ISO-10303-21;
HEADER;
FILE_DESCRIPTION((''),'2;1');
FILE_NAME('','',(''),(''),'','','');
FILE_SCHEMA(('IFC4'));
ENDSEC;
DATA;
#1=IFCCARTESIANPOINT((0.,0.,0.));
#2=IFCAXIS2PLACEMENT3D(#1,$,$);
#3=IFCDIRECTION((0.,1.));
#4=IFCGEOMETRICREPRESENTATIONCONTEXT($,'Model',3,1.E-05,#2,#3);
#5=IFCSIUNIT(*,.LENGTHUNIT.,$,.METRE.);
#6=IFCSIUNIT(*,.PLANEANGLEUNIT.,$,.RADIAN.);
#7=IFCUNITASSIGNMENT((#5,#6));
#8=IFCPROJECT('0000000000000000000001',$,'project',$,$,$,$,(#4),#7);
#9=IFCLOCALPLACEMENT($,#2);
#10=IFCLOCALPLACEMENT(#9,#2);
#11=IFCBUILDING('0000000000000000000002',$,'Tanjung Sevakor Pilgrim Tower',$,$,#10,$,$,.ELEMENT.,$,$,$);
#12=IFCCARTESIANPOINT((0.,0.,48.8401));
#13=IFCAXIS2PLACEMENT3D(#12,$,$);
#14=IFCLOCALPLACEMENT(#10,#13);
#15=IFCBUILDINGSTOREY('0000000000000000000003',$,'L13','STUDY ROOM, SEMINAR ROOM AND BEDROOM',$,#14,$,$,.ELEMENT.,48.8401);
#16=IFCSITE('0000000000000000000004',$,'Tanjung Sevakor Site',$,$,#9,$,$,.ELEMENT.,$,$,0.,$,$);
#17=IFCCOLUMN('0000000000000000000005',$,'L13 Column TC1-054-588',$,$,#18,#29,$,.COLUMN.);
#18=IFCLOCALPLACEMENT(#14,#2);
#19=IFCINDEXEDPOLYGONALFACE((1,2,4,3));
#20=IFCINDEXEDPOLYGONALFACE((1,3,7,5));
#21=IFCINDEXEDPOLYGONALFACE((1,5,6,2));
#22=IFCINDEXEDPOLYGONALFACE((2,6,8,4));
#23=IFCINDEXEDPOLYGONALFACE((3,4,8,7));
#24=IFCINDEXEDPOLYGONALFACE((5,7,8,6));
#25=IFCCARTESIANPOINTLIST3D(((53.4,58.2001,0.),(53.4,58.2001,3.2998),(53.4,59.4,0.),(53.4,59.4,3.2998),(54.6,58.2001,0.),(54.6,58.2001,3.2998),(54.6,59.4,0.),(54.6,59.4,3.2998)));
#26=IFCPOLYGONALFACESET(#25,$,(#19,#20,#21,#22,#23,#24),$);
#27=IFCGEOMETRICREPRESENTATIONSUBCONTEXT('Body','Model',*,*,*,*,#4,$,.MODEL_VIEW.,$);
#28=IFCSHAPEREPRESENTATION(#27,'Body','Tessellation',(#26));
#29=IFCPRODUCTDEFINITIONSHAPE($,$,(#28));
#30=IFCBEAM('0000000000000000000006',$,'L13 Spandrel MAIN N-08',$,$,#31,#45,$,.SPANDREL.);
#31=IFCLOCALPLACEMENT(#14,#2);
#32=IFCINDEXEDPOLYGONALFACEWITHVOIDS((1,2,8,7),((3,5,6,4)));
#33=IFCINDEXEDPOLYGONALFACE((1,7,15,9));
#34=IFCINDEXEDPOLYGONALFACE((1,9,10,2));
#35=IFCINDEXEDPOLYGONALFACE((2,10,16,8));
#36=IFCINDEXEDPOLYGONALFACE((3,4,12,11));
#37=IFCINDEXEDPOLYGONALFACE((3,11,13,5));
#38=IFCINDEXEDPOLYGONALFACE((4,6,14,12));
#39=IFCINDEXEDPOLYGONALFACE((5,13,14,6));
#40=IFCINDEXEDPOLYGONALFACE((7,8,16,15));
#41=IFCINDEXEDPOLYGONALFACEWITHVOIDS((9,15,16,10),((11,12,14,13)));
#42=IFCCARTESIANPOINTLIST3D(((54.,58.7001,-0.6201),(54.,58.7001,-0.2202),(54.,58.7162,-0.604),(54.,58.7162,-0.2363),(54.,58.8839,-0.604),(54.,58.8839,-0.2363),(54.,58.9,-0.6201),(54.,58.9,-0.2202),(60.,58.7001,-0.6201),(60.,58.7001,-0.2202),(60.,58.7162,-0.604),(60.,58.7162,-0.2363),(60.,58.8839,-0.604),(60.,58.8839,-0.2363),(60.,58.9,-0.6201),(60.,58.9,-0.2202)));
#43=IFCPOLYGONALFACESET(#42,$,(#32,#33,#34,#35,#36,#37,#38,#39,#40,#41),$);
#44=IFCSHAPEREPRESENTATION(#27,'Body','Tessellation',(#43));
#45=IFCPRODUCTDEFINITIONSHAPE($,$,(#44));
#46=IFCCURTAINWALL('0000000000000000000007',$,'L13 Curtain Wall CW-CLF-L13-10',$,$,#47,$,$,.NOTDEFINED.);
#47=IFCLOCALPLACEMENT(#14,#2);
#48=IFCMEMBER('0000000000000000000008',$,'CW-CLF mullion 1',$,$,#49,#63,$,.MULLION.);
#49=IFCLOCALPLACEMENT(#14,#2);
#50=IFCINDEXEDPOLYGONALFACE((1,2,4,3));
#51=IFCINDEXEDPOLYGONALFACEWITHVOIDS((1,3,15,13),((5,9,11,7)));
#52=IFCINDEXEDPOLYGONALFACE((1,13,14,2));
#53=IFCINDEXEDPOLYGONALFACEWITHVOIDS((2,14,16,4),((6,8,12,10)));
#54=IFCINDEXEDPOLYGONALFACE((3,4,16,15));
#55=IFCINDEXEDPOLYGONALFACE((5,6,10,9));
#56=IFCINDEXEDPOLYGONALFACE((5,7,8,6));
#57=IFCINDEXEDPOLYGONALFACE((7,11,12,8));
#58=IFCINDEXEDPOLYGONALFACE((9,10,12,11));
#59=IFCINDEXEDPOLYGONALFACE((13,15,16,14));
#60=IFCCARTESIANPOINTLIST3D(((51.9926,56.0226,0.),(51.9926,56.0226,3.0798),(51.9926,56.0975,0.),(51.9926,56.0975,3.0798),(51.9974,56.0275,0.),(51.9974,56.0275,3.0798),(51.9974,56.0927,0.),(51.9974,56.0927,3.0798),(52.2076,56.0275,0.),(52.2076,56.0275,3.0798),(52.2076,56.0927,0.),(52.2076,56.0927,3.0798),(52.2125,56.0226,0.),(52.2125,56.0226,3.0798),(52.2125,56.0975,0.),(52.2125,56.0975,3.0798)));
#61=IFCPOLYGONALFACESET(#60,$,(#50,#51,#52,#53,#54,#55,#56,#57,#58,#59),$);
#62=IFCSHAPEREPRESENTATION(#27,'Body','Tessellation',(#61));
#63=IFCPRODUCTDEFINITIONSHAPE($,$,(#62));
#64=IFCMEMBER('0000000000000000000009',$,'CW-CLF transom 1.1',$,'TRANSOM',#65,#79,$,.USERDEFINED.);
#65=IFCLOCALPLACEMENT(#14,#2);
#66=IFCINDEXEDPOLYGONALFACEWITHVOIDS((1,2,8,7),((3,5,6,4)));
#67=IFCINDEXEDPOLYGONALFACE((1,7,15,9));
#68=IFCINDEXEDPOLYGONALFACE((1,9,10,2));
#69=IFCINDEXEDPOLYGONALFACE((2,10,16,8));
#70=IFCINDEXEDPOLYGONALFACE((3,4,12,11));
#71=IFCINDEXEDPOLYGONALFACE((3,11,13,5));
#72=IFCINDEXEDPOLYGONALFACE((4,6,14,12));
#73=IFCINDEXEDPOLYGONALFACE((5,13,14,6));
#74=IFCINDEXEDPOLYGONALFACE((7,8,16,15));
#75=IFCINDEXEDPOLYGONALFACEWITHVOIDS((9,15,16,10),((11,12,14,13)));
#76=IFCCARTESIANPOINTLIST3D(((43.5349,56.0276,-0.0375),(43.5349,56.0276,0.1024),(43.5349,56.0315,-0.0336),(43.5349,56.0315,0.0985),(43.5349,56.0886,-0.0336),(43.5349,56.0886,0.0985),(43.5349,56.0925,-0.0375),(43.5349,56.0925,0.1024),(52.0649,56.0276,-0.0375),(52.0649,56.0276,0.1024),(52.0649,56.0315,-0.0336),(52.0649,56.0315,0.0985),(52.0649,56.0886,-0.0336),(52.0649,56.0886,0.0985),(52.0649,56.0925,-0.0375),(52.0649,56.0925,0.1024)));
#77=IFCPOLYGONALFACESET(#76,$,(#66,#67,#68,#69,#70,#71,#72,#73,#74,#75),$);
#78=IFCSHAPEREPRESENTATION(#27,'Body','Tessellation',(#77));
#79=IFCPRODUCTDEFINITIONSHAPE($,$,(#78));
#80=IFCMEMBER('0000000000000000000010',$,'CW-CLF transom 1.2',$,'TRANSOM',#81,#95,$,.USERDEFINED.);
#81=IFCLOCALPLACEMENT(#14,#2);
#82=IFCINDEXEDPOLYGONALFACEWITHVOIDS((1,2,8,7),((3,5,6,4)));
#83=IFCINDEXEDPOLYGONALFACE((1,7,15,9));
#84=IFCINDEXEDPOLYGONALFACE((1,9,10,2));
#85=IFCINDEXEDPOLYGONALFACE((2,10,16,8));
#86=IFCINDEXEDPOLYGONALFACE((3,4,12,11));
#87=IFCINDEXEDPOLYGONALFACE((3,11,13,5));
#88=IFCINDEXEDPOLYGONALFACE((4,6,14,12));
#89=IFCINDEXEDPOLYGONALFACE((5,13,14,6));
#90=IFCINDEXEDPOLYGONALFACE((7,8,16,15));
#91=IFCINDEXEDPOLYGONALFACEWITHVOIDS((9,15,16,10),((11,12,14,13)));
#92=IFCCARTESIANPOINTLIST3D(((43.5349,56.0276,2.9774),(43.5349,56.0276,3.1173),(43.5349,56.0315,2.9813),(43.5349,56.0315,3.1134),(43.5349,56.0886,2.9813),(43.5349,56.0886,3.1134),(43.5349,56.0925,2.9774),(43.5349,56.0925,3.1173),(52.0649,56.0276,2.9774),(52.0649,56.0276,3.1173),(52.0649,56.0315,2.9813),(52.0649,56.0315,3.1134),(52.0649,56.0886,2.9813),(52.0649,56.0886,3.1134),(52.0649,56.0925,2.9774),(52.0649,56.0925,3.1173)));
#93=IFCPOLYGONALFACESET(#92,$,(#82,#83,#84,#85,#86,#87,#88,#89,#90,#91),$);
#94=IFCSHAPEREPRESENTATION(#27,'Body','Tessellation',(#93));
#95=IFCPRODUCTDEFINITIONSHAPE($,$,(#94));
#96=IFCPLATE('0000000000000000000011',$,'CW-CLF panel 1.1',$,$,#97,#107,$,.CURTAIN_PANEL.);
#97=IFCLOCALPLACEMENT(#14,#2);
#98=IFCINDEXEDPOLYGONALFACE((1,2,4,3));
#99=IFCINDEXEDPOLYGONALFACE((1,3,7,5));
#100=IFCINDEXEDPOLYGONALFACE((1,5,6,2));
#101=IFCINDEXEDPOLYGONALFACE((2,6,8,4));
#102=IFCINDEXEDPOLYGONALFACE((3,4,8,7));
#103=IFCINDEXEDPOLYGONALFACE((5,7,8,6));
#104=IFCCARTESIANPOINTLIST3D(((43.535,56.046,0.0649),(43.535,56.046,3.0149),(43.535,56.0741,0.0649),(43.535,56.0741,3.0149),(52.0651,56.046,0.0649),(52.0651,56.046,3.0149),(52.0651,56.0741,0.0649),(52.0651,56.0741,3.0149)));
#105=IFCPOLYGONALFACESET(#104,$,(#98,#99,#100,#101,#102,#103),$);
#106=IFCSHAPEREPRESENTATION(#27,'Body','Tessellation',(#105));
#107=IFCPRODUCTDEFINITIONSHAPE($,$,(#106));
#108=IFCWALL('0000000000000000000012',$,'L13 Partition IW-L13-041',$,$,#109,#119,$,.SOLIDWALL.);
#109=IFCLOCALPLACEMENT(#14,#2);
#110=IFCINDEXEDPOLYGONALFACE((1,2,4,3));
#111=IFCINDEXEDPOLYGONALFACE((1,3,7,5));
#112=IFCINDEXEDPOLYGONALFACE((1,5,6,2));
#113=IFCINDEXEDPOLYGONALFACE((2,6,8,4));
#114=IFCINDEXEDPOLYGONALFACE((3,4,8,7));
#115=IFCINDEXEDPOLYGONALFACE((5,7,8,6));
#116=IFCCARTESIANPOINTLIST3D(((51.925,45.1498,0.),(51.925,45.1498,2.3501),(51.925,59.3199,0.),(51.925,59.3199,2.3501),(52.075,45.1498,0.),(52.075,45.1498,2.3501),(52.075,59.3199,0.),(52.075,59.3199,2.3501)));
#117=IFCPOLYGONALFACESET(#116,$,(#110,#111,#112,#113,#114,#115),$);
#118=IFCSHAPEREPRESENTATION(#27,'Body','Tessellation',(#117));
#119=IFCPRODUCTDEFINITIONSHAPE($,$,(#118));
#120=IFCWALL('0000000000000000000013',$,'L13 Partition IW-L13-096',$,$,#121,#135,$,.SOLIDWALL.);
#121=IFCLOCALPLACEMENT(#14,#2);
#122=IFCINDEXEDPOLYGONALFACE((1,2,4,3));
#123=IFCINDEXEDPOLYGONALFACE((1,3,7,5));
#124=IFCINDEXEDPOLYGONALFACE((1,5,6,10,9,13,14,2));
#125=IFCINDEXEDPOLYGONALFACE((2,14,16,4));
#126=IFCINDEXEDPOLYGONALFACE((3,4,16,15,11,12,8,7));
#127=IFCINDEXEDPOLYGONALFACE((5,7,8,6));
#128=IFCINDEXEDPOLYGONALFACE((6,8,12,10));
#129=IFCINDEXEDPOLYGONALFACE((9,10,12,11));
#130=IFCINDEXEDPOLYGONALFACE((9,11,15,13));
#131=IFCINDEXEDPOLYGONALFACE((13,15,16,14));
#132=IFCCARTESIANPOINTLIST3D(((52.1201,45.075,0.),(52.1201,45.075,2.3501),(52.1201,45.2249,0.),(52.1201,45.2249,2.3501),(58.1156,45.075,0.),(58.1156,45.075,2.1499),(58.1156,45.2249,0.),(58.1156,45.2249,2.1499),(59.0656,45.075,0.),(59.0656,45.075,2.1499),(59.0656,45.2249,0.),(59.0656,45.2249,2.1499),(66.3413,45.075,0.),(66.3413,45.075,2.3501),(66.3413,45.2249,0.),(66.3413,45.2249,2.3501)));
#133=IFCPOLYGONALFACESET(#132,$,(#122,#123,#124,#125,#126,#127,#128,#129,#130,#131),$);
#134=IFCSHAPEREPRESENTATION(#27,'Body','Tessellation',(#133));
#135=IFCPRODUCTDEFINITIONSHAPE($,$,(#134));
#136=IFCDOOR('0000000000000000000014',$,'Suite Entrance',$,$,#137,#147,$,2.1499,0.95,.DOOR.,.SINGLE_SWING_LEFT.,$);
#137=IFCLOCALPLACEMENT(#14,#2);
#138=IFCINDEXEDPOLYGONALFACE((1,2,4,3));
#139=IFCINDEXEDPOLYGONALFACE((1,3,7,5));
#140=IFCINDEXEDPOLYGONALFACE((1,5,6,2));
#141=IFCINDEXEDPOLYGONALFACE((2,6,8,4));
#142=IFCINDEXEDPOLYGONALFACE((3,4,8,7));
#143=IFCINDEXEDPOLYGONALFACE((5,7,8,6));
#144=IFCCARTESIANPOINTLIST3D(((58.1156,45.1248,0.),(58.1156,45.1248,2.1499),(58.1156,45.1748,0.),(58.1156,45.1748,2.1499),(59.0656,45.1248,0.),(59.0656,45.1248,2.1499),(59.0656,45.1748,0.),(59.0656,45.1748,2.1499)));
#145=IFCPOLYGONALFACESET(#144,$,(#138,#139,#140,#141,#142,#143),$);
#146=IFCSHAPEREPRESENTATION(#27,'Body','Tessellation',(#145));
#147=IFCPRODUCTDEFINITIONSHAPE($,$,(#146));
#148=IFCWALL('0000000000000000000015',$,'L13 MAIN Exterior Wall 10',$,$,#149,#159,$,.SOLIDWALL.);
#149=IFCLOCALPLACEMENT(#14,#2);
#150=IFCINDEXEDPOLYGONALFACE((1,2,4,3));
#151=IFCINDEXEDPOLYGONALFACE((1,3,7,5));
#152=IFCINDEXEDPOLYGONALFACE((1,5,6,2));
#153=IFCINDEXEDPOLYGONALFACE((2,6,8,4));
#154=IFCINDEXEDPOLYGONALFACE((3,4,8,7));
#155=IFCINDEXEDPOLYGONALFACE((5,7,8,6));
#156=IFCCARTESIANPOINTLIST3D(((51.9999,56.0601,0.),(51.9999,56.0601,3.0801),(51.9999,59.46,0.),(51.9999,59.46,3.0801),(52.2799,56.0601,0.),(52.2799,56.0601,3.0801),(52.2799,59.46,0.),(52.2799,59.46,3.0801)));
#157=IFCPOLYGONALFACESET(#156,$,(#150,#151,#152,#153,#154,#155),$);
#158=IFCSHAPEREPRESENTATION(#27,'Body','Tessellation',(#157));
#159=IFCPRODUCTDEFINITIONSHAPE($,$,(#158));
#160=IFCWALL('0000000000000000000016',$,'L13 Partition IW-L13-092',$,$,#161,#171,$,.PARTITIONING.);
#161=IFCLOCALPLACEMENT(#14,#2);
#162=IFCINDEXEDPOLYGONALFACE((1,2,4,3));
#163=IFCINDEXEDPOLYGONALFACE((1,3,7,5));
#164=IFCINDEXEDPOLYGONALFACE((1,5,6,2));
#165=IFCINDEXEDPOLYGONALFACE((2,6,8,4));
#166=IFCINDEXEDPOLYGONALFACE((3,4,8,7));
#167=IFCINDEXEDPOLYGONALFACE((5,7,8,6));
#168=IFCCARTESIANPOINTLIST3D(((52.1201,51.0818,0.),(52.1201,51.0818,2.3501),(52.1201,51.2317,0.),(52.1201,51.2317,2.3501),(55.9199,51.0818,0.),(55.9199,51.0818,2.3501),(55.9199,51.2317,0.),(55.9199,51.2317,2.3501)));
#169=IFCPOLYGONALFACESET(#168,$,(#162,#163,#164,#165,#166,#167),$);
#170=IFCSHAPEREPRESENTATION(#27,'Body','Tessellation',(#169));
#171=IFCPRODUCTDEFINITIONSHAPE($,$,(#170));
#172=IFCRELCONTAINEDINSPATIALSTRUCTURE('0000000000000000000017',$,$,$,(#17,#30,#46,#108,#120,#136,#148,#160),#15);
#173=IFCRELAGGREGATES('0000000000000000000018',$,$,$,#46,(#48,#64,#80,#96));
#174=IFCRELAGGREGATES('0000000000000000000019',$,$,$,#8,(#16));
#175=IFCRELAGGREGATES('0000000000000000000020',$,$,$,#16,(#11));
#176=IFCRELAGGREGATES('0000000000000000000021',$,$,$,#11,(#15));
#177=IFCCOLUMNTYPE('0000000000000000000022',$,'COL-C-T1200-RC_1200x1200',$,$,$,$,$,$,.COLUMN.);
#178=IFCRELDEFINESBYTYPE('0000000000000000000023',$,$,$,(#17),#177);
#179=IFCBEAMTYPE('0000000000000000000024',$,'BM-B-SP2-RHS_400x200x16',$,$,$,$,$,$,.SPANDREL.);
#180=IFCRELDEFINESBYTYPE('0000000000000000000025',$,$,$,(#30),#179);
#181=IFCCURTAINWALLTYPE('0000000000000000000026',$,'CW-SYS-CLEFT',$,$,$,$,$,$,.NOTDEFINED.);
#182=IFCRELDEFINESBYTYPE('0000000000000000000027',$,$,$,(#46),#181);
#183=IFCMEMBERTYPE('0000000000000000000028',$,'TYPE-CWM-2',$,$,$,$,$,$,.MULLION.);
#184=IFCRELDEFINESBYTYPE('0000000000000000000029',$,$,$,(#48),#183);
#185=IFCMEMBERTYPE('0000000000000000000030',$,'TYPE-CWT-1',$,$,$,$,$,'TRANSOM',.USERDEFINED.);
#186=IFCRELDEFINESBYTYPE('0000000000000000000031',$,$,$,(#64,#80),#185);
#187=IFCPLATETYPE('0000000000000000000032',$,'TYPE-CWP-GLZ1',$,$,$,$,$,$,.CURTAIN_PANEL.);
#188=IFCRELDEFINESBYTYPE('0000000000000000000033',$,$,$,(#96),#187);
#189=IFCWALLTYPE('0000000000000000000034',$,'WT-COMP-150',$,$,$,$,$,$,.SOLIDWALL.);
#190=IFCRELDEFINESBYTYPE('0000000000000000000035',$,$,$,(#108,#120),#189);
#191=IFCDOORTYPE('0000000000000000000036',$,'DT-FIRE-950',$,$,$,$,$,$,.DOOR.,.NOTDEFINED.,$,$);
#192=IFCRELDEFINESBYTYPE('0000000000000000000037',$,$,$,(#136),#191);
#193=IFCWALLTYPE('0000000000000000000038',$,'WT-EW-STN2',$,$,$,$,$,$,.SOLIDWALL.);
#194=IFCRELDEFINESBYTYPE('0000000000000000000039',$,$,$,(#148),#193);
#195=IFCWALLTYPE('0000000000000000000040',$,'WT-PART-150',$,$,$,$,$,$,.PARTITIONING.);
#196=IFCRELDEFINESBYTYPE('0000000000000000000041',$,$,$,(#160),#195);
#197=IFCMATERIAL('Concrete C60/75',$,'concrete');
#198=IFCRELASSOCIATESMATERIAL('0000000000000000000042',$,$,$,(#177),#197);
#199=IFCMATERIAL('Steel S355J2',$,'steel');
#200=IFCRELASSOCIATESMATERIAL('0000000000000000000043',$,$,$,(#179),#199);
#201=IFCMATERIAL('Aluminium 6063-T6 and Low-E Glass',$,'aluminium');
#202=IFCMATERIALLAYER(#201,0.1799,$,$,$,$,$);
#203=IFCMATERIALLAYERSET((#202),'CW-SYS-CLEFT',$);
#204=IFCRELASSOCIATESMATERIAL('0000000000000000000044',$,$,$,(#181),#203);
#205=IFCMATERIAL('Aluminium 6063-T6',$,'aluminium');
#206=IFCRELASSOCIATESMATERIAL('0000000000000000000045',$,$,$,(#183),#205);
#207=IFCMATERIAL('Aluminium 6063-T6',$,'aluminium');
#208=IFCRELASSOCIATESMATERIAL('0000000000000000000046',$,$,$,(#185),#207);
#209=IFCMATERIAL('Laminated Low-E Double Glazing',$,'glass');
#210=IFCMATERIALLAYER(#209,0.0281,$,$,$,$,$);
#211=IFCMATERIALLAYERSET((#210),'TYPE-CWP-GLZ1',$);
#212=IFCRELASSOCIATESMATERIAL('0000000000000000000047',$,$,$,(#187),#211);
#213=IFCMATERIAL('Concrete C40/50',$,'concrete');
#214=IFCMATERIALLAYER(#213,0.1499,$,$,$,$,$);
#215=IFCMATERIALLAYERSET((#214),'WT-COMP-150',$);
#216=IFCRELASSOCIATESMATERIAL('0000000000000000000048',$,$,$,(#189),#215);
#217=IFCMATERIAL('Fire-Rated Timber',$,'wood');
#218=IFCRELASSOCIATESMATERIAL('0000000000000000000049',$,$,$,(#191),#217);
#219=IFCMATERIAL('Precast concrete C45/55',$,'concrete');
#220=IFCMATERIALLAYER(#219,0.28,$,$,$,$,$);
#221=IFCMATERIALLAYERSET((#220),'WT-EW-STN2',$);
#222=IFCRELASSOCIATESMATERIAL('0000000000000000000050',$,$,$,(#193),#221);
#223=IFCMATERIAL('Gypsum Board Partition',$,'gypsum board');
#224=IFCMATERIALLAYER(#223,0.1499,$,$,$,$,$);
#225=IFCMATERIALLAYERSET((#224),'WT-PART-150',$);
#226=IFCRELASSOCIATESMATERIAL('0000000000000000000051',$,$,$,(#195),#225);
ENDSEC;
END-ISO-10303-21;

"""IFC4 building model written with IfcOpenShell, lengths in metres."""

from ifc_helpers import new_model, si_unit, direction, frame, frame_2d, origin, origin_2d, place, context, subcontext, project, spatial, rectangle, hollow_rectangle, extrude, material, layer, layer_set, material_profile, profile_set, type_object, element, fill, aggregate, save


model = new_model("IFC4")

# Units and contexts
model_context = context("Model", 3, precision=1e-05, world=origin(), true_north=direction((0.0, 1.0)))
body_context = subcontext(model_context, "Body", "Model", "MODEL_VIEW")
ifc_project = project(units=[si_unit("LENGTHUNIT", "METRE"), si_unit("PLANEANGLEUNIT", "RADIAN")], contexts=[model_context])

# Site, building, storey
site_placement = place(None, origin())
site = spatial("IfcSite", under=ifc_project, at=site_placement, Name="Tanjung Sevakor Site", CompositionType="ELEMENT", RefElevation=0.0)
building_placement = place(site_placement, origin())
building = spatial("IfcBuilding", under=site, at=building_placement, Name="Tanjung Sevakor Pilgrim Tower", CompositionType="ELEMENT")
storey_placement = place(building_placement, frame((0.0, 0.0, 48.8401)))
storey = spatial("IfcBuildingStorey", under=building, at=storey_placement, Name="L13", Description="STUDY ROOM, SEMINAR ROOM AND BEDROOM", CompositionType="ELEMENT", Elevation=48.8401)

# Column
ifc_material_1 = material(Name="Concrete C60/75", Category="concrete")
ifc_material_profile_1 = material_profile(ifc_material_1, rectangle(XDim=1.2, YDim=1.2, at=origin_2d()))
ifc_profile_set_1 = profile_set([ifc_material_profile_1], Name="Concrete C60/75")
column_type = type_object("IfcColumnType", Name="COL-C-T1200-RC_1200x1200", PredefinedType="COLUMN", material=ifc_profile_set_1)
column_placement = place(storey_placement, frame((54.0, 58.8, 0.0), z_axis=(0.0, 0.0, 1.0), x_axis=(1.0, 0.0, 0.0)))
element("IfcColumn", 1, at=column_placement, inside=storey, type_object=column_type, Name="L13 Column TC1-054-588", PredefinedType="COLUMN", context=body_context, shape_type="SweptSolid", body=[
    extrude(rectangle(XDim=1.2, YDim=1.2, at=origin_2d()), origin(), (0.0, 0.0, 1.0), 3.2998),
])

# Beam
ifc_material_2 = material(Name="Steel S355J2", Category="steel")
ifc_material_profile_2 = material_profile(ifc_material_2, hollow_rectangle(XDim=0.2, YDim=0.3999, WallThickness=0.0161, at=origin_2d()))
ifc_profile_set_2 = profile_set([ifc_material_profile_2], Name="Steel S355J2")
beam_type = type_object("IfcBeamType", Name="BM-B-SP2-RHS_400x200x16", PredefinedType="SPANDREL", material=ifc_profile_set_2)
beam_placement = place(storey_placement, frame((54.0, 58.8, -0.4202), z_axis=(1.0, 0.0, 0.0), x_axis=(0.0, 1.0, 0.0)))
element("IfcBeam", 2, at=beam_placement, inside=storey, type_object=beam_type, Name="L13 Spandrel MAIN N-08", PredefinedType="SPANDREL", context=body_context, shape_type="SweptSolid", body=[
    extrude(hollow_rectangle(XDim=0.2, YDim=0.3999, WallThickness=0.0161, at=origin_2d()), origin(), (0.0, 0.0, 1.0), 6.0),
])

# Curtain wall, members, plate
ifc_material_3 = material(Name="Aluminium 6063-T6 and Low-E Glass", Category="aluminium")
ifc_layer_1 = layer(ifc_material_3, 0.1799)
ifc_layer_set_1 = layer_set([ifc_layer_1], Name="CW-SYS-CLEFT")
curtain_wall_type = type_object("IfcCurtainWallType", Name="CW-SYS-CLEFT", PredefinedType="NOTDEFINED", material=ifc_layer_set_1)
curtain_wall_placement = place(storey_placement, origin())
curtain_wall = element("IfcCurtainWall", 3, at=curtain_wall_placement, inside=storey, type_object=curtain_wall_type, Name="L13 Curtain Wall CW-CLF-L13-10", PredefinedType="NOTDEFINED")
ifc_material_4 = material(Name="Aluminium 6063-T6", Category="aluminium")
ifc_material_profile_3 = material_profile(ifc_material_4, hollow_rectangle(XDim=0.075, YDim=0.22, WallThickness=0.0049, at=origin_2d()))
ifc_profile_set_3 = profile_set([ifc_material_profile_3], Name="Aluminium 6063-T6")
member_type_1 = type_object("IfcMemberType", Name="TYPE-CWM-2", PredefinedType="MULLION", material=ifc_profile_set_3)
member_1_placement = place(storey_placement, frame((52.1025, 56.0601, 0.0), z_axis=(0.0, 0.0, 1.0), x_axis=(0.0, -1.0, 0.0)))
member_1 = element("IfcMember", 4, at=member_1_placement, type_object=member_type_1, Name="CW-CLF mullion 1", PredefinedType="MULLION", context=body_context, shape_type="SweptSolid", body=[
    extrude(hollow_rectangle(XDim=0.075, YDim=0.22, WallThickness=0.0049, at=origin_2d()), origin(), (0.0, 0.0, 1.0), 3.0798),
])
ifc_material_5 = material(Name="Aluminium 6063-T6", Category="aluminium")
ifc_material_profile_4 = material_profile(ifc_material_5, hollow_rectangle(XDim=0.0649, YDim=0.1399, WallThickness=0.0039, at=origin_2d()))
ifc_profile_set_4 = profile_set([ifc_material_profile_4], Name="Aluminium 6063-T6")
member_type_2 = type_object("IfcMemberType", Name="TYPE-CWT-1", ElementType="TRANSOM", PredefinedType="USERDEFINED", material=ifc_profile_set_4)
member_2_placement = place(storey_placement, frame((52.0649, 56.0601, 0.0325), z_axis=(-1.0, 0.0, 0.0), x_axis=(0.0, -1.0, 0.0)))
member_2 = element("IfcMember", 5, at=member_2_placement, type_object=member_type_2, Name="CW-CLF transom 1.1", ObjectType="TRANSOM", PredefinedType="USERDEFINED", context=body_context, shape_type="SweptSolid", body=[
    extrude(hollow_rectangle(XDim=0.0649, YDim=0.1399, WallThickness=0.0039, at=origin_2d()), origin(), (0.0, 0.0, 1.0), 8.53),
])
member_3_placement = place(storey_placement, frame((52.0649, 56.0601, 3.0474), z_axis=(-1.0, 0.0, 0.0), x_axis=(0.0, -1.0, 0.0)))
member_3 = element("IfcMember", 6, at=member_3_placement, type_object=member_type_2, Name="CW-CLF transom 1.2", ObjectType="TRANSOM", PredefinedType="USERDEFINED", context=body_context, shape_type="SweptSolid", body=[
    extrude(hollow_rectangle(XDim=0.0649, YDim=0.1399, WallThickness=0.0039, at=origin_2d()), origin(), (0.0, 0.0, 1.0), 8.53),
])
ifc_material_6 = material(Name="Laminated Low-E Double Glazing", Category="glass")
ifc_layer_2 = layer(ifc_material_6, 0.0281)
ifc_layer_set_2 = layer_set([ifc_layer_2], Name="TYPE-CWP-GLZ1")
plate_type = type_object("IfcPlateType", Name="TYPE-CWP-GLZ1", PredefinedType="CURTAIN_PANEL", material=ifc_layer_set_2)
plate_placement = place(storey_placement, frame((47.8, 56.0601, 0.0649), z_axis=(0.0, 0.0, 1.0), x_axis=(-1.0, 0.0, 0.0)))
plate = element("IfcPlate", 7, at=plate_placement, type_object=plate_type, Name="CW-CLF panel 1.1", PredefinedType="CURTAIN_PANEL", context=body_context, shape_type="SweptSolid", body=[
    extrude(rectangle(XDim=8.53, YDim=0.0281, at=origin_2d()), origin(), (0.0, 0.0, 1.0), 2.95),
])
aggregate(curtain_wall, [member_1, member_2, member_3, plate])

# Wall
ifc_material_7 = material(Name="Concrete C40/50", Category="concrete")
ifc_layer_3 = layer(ifc_material_7, 0.1499)
ifc_layer_set_3 = layer_set([ifc_layer_3], Name="WT-COMP-150")
wall_type_1 = type_object("IfcWallType", Name="WT-COMP-150", PredefinedType="SOLIDWALL", material=ifc_layer_set_3)
wall_1_placement = place(storey_placement, frame((52.0, 45.1499, 0.0), z_axis=(0.0, 0.0, 1.0), x_axis=(0.0, 1.0, 0.0)))
element("IfcWall", 8, at=wall_1_placement, inside=storey, type_object=wall_type_1, Name="L13 Partition IW-L13-041", PredefinedType="SOLIDWALL", context=body_context, shape_type="SweptSolid", body=[
    extrude(rectangle(XDim=14.1702, YDim=0.1499, at=frame_2d((7.085, 0.0))), origin(), (0.0, 0.0, 1.0), 2.3501),
])

# Wall, opening, door
wall_2_placement = place(storey_placement, frame((52.1201, 45.1499, 0.0), z_axis=(0.0, 0.0, 1.0), x_axis=(1.0, 0.0, 0.0)))
wall_2 = element("IfcWall", 9, at=wall_2_placement, inside=storey, type_object=wall_type_1, Name="L13 Partition IW-L13-096", PredefinedType="SOLIDWALL", context=body_context, shape_type="SweptSolid", body=[
    extrude(rectangle(XDim=14.2212, YDim=0.1499, at=frame_2d((7.1106, 0.0))), origin(), (0.0, 0.0, 1.0), 2.3501),
])
opening_1_placement = place(wall_2_placement, frame((5.9954, 0.0, 0.0)))
opening_1 = element("IfcOpeningElement", 10, at=opening_1_placement, cuts=wall_2, PredefinedType="OPENING", context=body_context, shape_type="SweptSolid", body=[
    extrude(rectangle(XDim=0.95, YDim=2.1499, at=frame_2d((0.4751, 1.075))), frame((0.0, 0.085, 0.0), z_axis=(0.0, -1.0, 0.0), x_axis=(1.0, 0.0, 0.0)), (0.0, 0.0, 1.0), 0.1699),
])
ifc_material_8 = material(Name="Fire-Rated Timber", Category="wood")
door_type_1 = type_object("IfcDoorType", Name="DT-FIRE-950", OperationType="NOTDEFINED", PredefinedType="DOOR", material=ifc_material_8)
door_1_placement = place(opening_1_placement, origin())
door_1 = element("IfcDoor", 11, at=door_1_placement, inside=storey, type_object=door_type_1, Name="Suite Entrance", OperationType="SINGLE_SWING_LEFT", OverallHeight=2.1499, OverallWidth=0.95, PredefinedType="DOOR", context=body_context, shape_type="SweptSolid", body=[
    extrude(rectangle(XDim=0.95, YDim=2.1499, at=frame_2d((0.4751, 1.075))), frame((0.0, 0.0249, 0.0), z_axis=(0.0, -1.0, 0.0), x_axis=(1.0, 0.0, 0.0)), (0.0, 0.0, 1.0), 0.05),
])
fill(opening_1, door_1)

# Walls
ifc_material_9 = material(Name="Precast concrete C45/55", Category="concrete")
ifc_layer_4 = layer(ifc_material_9, 0.28)
ifc_layer_set_4 = layer_set([ifc_layer_4], Name="WT-EW-STN2")
wall_type_2 = type_object("IfcWallType", Name="WT-EW-STN2", PredefinedType="SOLIDWALL", material=ifc_layer_set_4)
wall_3_placement = place(storey_placement, frame((52.1399, 59.46, 0.0), z_axis=(0.0, 0.0, 1.0), x_axis=(0.0, -1.0, 0.0)))
element("IfcWall", 12, at=wall_3_placement, inside=storey, type_object=wall_type_2, Name="L13 MAIN Exterior Wall 10", PredefinedType="SOLIDWALL", context=body_context, shape_type="SweptSolid", body=[
    extrude(rectangle(XDim=3.3999, YDim=0.28, at=frame_2d((1.7, 0.0))), origin(), (0.0, 0.0, 1.0), 3.0801),
])
ifc_material_10 = material(Name="Gypsum Board Partition", Category="gypsum board")
ifc_layer_5 = layer(ifc_material_10, 0.1499)
ifc_layer_set_5 = layer_set([ifc_layer_5], Name="WT-PART-150")
wall_type_3 = type_object("IfcWallType", Name="WT-PART-150", PredefinedType="PARTITIONING", material=ifc_layer_set_5)
wall_4_placement = place(storey_placement, frame((52.1201, 51.1567, 0.0), z_axis=(0.0, 0.0, 1.0), x_axis=(1.0, 0.0, 0.0)))
element("IfcWall", 13, at=wall_4_placement, inside=storey, type_object=wall_type_3, Name="L13 Partition IW-L13-092", PredefinedType="PARTITIONING", context=body_context, shape_type="SweptSolid", body=[
    extrude(rectangle(XDim=3.7998, YDim=0.1499, at=frame_2d((1.8999, 0.0))), origin(), (0.0, 0.0, 1.0), 2.3501),
])

save(model, "model.ifc")
